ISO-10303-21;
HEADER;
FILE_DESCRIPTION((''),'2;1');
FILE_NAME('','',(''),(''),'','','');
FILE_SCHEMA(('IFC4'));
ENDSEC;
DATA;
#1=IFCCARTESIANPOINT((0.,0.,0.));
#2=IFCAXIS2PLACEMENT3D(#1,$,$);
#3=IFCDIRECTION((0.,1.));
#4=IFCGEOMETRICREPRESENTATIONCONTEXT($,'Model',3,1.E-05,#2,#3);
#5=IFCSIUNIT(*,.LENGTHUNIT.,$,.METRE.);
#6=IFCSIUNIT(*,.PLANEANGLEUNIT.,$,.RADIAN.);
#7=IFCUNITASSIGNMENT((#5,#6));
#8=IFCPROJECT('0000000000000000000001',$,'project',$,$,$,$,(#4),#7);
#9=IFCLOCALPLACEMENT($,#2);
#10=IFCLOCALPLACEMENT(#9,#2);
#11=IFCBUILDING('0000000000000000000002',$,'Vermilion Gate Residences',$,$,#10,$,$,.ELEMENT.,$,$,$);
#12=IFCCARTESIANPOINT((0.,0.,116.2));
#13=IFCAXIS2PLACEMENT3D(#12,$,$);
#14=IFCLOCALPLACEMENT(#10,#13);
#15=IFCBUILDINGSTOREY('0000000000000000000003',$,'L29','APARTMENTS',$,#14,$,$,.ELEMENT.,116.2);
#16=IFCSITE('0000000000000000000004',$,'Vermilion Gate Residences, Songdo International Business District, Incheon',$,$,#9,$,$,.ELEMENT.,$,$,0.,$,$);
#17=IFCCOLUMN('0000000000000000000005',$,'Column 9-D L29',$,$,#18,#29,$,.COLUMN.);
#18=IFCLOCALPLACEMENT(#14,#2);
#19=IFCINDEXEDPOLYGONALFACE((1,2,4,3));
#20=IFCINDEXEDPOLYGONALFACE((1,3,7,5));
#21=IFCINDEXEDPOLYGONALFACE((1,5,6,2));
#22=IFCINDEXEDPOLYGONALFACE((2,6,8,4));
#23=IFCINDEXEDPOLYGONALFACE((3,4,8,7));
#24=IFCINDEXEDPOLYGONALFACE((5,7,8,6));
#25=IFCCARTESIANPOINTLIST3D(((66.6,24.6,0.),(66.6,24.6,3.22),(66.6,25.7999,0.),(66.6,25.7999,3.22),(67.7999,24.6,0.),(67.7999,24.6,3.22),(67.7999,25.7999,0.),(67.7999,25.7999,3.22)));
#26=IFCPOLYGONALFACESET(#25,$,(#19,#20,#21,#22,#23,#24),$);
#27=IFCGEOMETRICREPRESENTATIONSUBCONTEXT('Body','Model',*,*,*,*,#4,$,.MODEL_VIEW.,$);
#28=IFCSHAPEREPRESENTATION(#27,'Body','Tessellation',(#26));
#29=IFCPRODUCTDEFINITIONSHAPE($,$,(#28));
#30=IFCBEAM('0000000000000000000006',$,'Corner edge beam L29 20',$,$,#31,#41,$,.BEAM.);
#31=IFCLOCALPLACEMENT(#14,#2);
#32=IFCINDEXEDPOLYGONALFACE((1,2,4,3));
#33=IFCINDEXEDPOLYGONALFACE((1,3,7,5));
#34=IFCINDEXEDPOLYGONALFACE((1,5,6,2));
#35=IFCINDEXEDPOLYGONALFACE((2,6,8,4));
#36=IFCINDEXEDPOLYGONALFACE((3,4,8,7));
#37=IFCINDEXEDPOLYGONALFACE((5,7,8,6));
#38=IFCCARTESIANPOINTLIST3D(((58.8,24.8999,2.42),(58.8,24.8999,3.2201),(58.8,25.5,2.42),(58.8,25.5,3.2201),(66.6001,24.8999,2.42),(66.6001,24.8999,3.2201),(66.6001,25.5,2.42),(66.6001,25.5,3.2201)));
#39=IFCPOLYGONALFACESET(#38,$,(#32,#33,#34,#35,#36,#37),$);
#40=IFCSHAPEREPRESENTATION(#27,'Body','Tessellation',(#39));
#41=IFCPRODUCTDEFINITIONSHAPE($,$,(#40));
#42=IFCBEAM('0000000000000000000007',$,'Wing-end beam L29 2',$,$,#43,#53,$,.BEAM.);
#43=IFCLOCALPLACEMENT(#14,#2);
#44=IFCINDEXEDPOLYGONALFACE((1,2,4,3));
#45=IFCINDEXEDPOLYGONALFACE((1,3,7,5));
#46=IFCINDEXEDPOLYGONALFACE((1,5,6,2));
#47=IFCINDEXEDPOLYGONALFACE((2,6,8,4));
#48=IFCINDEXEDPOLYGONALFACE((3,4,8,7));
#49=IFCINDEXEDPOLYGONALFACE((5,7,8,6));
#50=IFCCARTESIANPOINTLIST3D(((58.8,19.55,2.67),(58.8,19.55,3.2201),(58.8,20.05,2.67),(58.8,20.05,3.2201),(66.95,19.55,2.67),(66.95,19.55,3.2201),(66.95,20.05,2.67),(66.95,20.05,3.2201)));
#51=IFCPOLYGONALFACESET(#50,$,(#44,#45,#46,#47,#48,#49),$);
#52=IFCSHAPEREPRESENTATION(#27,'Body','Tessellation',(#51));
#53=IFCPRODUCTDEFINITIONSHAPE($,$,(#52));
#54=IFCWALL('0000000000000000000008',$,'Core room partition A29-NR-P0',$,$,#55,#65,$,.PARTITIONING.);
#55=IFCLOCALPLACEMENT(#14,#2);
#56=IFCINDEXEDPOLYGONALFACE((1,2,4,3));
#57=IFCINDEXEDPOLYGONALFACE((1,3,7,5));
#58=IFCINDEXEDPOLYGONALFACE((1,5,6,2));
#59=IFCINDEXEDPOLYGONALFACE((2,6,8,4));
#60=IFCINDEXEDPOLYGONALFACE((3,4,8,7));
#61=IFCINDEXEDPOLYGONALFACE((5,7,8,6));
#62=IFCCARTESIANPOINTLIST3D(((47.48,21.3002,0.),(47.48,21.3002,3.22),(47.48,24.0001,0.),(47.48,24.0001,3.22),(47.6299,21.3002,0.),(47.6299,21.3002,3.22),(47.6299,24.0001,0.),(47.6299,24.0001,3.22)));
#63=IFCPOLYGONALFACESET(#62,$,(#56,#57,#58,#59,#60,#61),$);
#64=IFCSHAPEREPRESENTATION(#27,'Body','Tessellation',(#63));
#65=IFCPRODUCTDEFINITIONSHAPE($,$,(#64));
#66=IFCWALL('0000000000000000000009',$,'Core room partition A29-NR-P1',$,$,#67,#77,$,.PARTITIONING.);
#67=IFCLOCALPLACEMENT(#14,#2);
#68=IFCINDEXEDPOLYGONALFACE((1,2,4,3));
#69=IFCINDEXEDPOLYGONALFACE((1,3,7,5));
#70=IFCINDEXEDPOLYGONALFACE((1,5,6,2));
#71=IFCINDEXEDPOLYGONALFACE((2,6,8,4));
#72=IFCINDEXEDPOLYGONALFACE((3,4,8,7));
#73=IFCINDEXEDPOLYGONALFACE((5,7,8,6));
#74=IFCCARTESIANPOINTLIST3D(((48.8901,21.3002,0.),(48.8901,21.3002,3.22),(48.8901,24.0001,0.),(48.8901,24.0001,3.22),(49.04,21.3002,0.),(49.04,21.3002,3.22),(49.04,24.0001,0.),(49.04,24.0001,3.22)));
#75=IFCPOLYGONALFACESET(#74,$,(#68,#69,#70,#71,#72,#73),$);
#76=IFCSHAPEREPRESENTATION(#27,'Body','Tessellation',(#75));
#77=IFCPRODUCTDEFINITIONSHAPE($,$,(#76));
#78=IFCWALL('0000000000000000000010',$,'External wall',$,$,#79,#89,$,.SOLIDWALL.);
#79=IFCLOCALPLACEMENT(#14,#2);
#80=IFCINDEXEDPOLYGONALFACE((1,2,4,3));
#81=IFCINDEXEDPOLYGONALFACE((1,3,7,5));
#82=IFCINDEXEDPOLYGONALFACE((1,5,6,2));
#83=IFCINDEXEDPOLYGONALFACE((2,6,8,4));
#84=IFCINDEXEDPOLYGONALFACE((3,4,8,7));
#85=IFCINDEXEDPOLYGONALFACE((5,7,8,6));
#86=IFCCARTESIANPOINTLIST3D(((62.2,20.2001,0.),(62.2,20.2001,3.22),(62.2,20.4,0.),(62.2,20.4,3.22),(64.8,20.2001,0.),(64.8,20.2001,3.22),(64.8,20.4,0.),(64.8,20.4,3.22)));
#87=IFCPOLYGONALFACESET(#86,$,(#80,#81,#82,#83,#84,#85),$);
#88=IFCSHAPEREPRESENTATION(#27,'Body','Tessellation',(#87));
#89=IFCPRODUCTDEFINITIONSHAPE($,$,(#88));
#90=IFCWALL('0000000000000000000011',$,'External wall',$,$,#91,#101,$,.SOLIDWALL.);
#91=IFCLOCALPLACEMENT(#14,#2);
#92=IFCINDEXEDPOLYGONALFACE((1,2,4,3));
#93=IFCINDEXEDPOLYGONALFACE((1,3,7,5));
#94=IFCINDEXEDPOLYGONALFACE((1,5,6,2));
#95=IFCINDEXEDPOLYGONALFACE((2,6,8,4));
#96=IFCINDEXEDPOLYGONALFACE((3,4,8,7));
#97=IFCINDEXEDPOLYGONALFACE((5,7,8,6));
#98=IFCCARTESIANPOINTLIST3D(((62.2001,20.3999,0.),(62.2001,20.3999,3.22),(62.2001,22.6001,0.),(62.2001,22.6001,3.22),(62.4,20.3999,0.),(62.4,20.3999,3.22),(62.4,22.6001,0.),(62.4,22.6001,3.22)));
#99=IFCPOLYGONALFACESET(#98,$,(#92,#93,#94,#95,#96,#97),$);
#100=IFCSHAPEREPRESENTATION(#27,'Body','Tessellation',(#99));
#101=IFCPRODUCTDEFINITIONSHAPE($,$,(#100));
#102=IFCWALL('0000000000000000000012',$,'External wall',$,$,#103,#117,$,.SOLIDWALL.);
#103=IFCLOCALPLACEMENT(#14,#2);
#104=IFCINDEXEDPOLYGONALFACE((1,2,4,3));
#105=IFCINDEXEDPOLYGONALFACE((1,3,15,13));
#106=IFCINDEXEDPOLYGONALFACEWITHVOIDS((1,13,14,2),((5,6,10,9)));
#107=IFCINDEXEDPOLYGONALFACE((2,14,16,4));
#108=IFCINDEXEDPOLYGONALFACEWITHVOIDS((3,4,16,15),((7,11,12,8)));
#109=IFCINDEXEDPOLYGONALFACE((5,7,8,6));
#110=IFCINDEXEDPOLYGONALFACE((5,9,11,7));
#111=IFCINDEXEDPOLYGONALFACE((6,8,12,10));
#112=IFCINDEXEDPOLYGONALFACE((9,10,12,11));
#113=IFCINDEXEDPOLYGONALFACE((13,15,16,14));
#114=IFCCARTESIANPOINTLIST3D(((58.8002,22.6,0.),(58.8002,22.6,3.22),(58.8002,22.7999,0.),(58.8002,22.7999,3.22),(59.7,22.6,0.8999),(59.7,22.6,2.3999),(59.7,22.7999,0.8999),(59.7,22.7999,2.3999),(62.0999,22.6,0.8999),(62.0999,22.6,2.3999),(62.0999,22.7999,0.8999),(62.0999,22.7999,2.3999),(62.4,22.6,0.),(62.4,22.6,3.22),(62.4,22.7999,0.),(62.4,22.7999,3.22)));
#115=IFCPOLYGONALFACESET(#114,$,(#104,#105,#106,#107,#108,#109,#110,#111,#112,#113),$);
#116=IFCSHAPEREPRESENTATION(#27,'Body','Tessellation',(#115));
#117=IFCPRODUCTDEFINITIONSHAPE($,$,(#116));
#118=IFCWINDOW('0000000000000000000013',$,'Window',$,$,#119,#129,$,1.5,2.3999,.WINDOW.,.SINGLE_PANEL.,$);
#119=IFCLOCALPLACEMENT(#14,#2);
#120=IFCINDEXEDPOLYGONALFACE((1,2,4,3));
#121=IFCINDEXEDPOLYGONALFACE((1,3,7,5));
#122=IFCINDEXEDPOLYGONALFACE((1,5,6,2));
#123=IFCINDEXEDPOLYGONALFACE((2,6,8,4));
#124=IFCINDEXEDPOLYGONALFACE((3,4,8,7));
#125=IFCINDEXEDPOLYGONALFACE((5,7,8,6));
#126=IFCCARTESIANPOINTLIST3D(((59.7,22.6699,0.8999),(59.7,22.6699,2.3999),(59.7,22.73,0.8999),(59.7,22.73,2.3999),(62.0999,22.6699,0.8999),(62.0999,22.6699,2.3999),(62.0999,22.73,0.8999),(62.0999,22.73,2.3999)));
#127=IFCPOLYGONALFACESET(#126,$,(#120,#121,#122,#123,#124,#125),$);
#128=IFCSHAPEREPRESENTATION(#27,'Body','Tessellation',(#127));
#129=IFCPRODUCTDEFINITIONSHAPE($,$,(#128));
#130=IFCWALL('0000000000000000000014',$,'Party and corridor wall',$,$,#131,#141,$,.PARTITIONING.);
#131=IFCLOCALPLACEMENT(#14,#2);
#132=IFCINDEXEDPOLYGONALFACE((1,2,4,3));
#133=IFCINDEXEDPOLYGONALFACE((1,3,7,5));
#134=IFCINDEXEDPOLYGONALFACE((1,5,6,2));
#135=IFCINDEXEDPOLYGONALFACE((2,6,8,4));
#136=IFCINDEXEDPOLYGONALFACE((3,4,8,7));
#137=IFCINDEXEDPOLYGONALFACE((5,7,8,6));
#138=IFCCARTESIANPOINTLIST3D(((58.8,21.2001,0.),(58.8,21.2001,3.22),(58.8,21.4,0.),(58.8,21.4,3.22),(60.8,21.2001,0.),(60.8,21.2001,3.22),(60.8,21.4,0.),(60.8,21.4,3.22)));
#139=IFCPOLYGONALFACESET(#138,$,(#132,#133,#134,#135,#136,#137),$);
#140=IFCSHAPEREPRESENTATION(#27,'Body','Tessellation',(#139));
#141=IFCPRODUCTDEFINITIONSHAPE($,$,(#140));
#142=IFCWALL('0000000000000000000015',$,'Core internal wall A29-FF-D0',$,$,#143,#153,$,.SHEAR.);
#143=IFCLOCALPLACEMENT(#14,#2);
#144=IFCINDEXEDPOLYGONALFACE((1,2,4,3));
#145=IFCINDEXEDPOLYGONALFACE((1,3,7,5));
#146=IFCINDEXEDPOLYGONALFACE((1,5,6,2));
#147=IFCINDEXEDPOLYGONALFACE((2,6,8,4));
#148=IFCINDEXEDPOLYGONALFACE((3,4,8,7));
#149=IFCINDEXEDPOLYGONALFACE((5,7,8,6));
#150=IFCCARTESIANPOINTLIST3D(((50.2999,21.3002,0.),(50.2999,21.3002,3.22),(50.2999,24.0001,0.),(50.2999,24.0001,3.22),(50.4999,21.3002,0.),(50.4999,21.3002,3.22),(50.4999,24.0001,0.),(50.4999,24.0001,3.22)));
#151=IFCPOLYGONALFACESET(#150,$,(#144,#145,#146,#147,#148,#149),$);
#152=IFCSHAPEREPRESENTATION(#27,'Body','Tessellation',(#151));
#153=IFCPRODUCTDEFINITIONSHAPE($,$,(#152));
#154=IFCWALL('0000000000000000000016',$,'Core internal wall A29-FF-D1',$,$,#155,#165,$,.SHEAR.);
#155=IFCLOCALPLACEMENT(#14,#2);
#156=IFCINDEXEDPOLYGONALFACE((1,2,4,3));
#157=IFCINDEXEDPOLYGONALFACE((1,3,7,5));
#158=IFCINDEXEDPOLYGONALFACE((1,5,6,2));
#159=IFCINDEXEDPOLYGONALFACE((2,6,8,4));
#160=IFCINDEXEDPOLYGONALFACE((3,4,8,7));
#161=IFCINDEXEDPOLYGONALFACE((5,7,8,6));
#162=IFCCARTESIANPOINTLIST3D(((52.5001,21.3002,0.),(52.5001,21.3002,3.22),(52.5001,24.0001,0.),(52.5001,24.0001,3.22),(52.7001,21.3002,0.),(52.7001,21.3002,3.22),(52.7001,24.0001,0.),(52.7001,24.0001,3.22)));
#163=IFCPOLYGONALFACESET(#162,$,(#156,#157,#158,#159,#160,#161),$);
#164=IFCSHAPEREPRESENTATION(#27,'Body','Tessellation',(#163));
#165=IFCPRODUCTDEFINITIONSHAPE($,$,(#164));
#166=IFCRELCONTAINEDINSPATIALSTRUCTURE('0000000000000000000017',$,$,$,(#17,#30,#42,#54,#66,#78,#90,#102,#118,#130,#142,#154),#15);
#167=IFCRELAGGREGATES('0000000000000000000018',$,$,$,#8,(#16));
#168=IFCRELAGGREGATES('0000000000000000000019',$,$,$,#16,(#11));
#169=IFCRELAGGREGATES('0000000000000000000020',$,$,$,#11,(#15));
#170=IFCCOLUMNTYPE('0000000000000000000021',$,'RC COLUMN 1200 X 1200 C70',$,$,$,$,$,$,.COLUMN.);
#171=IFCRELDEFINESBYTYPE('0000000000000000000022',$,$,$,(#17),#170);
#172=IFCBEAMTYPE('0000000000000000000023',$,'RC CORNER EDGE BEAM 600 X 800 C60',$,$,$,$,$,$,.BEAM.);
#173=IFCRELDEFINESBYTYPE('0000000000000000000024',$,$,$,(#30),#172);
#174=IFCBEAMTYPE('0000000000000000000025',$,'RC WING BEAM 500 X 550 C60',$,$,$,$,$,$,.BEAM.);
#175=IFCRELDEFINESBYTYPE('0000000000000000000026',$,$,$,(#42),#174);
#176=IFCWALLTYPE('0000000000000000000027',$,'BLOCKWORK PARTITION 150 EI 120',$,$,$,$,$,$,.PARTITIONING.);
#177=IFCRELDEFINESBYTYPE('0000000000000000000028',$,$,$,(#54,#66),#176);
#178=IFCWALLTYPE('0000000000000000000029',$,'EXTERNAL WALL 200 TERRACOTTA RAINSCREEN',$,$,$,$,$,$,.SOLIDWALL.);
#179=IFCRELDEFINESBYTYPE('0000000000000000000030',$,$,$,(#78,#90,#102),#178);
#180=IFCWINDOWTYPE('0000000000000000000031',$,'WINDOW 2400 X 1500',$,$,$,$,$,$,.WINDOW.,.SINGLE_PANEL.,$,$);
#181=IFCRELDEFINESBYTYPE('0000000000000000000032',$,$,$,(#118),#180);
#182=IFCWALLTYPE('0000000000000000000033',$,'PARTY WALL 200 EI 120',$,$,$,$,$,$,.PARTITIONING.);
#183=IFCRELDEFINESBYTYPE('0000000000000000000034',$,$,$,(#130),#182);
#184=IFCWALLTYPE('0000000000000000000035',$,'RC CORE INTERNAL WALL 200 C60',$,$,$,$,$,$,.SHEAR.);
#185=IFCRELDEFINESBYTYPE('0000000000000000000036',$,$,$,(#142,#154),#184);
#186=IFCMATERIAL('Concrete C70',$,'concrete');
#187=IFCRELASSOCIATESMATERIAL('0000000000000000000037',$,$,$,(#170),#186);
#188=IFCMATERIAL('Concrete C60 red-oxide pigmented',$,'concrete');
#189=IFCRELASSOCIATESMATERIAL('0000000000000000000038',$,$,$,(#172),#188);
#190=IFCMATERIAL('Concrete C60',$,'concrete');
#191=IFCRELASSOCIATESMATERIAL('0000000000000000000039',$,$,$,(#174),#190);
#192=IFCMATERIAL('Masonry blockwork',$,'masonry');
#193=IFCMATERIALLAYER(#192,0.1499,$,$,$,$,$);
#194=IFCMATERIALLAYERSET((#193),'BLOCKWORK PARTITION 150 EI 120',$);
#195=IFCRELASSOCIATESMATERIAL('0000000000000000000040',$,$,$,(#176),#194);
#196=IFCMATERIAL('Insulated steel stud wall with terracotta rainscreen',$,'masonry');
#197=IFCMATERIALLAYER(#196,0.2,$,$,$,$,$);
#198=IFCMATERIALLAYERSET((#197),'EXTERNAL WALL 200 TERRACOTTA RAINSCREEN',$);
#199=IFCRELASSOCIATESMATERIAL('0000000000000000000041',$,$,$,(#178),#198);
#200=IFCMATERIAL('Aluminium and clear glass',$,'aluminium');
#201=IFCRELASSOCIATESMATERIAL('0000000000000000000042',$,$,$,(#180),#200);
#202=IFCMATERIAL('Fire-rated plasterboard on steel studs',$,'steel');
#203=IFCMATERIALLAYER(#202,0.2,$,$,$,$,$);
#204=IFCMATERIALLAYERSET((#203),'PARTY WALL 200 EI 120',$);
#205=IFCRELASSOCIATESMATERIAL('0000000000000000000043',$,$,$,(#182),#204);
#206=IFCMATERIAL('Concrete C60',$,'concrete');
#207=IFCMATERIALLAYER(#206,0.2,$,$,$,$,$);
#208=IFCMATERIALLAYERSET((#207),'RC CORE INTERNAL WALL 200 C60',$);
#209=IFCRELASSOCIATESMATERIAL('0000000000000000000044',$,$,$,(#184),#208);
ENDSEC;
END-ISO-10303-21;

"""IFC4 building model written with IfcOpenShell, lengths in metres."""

from ifc_helpers import new_model, si_unit, direction, frame, frame_2d, origin, origin_2d, place, context, subcontext, project, spatial, rectangle, extrude, material, layer, layer_set, material_profile, profile_set, type_object, element, fill, save


model = new_model("IFC4")

# Units and contexts
model_context = context("Model", 3, precision=1e-05, world=origin(), true_north=direction((0.0, 1.0)))
body_context = subcontext(model_context, "Body", "Model", "MODEL_VIEW")
ifc_project = project(units=[si_unit("LENGTHUNIT", "METRE"), si_unit("PLANEANGLEUNIT", "RADIAN")], contexts=[model_context])

# Site, building, storey
site_placement = place(None, origin())
site = spatial("IfcSite", under=ifc_project, at=site_placement, Name="Vermilion Gate Residences, Songdo International Business District, Incheon", CompositionType="ELEMENT", RefElevation=0.0)
building_placement = place(site_placement, origin())
building = spatial("IfcBuilding", under=site, at=building_placement, Name="Vermilion Gate Residences", CompositionType="ELEMENT")
storey_placement = place(building_placement, frame((0.0, 0.0, 116.2)))
storey = spatial("IfcBuildingStorey", under=building, at=storey_placement, Name="L29", Description="APARTMENTS", CompositionType="ELEMENT", Elevation=116.2)

# Column
ifc_material_1 = material(Name="Concrete C70", Category="concrete")
ifc_material_profile_1 = material_profile(ifc_material_1, rectangle(XDim=1.2, YDim=1.2, at=origin_2d()), Name="RC-1200x1200")
ifc_profile_set_1 = profile_set([ifc_material_profile_1], Name="Concrete C70")
column_type = type_object("IfcColumnType", Name="RC COLUMN 1200 X 1200 C70", PredefinedType="COLUMN", material=ifc_profile_set_1)
column_placement = place(storey_placement, frame((67.2, 25.2, 0.0), z_axis=(0.0, 0.0, 1.0), x_axis=(1.0, 0.0, 0.0)))
element("IfcColumn", 1, at=column_placement, inside=storey, type_object=column_type, Name="Column 9-D L29", PredefinedType="COLUMN", context=body_context, shape_type="SweptSolid", body=[
    extrude(rectangle(XDim=1.2, YDim=1.2, at=origin_2d()), origin(), (0.0, 0.0, 1.0), 3.22),
])

# Beams
ifc_material_2 = material(Name="Concrete C60 red-oxide pigmented", Category="concrete")
ifc_material_profile_2 = material_profile(ifc_material_2, rectangle(XDim=0.6001, YDim=0.8, at=origin_2d()), Name="RC-600x800")
ifc_profile_set_2 = profile_set([ifc_material_profile_2], Name="Concrete C60 red-oxide pigmented")
beam_type_1 = type_object("IfcBeamType", Name="RC CORNER EDGE BEAM 600 X 800 C60", PredefinedType="BEAM", material=ifc_profile_set_2)
beam_1_placement = place(storey_placement, frame((58.8, 25.2, 2.8201), z_axis=(1.0, 0.0, 0.0), x_axis=(0.0, 1.0, 0.0)))
element("IfcBeam", 2, at=beam_1_placement, inside=storey, type_object=beam_type_1, Name="Corner edge beam L29 20", PredefinedType="BEAM", context=body_context, shape_type="SweptSolid", body=[
    extrude(rectangle(XDim=0.6001, YDim=0.8, at=origin_2d()), origin(), (0.0, 0.0, 1.0), 7.8),
])
ifc_material_3 = material(Name="Concrete C60", Category="concrete")
ifc_material_profile_3 = material_profile(ifc_material_3, rectangle(XDim=0.5, YDim=0.55, at=origin_2d()), Name="RC-500x550")
ifc_profile_set_3 = profile_set([ifc_material_profile_3], Name="Concrete C60")
beam_type_2 = type_object("IfcBeamType", Name="RC WING BEAM 500 X 550 C60", PredefinedType="BEAM", material=ifc_profile_set_3)
beam_2_placement = place(storey_placement, frame((58.8, 19.8, 2.9451), z_axis=(1.0, 0.0, 0.0), x_axis=(0.0, 1.0, 0.0)))
element("IfcBeam", 3, at=beam_2_placement, inside=storey, type_object=beam_type_2, Name="Wing-end beam L29 2", PredefinedType="BEAM", context=body_context, shape_type="SweptSolid", body=[
    extrude(rectangle(XDim=0.5, YDim=0.55, at=origin_2d()), origin(), (0.0, 0.0, 1.0), 8.1499),
])

# Walls
ifc_material_4 = material(Name="Masonry blockwork", Category="masonry")
ifc_layer_1 = layer(ifc_material_4, 0.1499)
ifc_layer_set_1 = layer_set([ifc_layer_1], Name="BLOCKWORK PARTITION 150 EI 120")
wall_type_1 = type_object("IfcWallType", Name="BLOCKWORK PARTITION 150 EI 120", PredefinedType="PARTITIONING", material=ifc_layer_set_1)
for number, where, z_axis, x_axis, name in (
    (4, (47.5549, 21.3, 0.0), (0.0, 0.0, 1.0), (0.0, 1.0, 0.0), "Core room partition A29-NR-P0"),
    (5, (48.9651, 21.3, 0.0), (0.0, 0.0, 1.0), (0.0, 1.0, 0.0), "Core room partition A29-NR-P1"),
):
    element("IfcWall", number, at=place(storey_placement, frame(where, z_axis=z_axis, x_axis=x_axis)), inside=storey, type_object=wall_type_1, Name=name, PredefinedType="PARTITIONING", context=body_context, shape_type="SweptSolid", body=[
        extrude(rectangle(XDim=2.7, YDim=0.1499, at=frame_2d((1.3501, 0.0))), origin(), (0.0, 0.0, 1.0), 3.22),
    ])
ifc_material_5 = material(Name="Insulated steel stud wall with terracotta rainscreen", Category="masonry")
ifc_layer_2 = layer(ifc_material_5, 0.2)
ifc_layer_set_2 = layer_set([ifc_layer_2], Name="EXTERNAL WALL 200 TERRACOTTA RAINSCREEN")
wall_type_2 = type_object("IfcWallType", Name="EXTERNAL WALL 200 TERRACOTTA RAINSCREEN", PredefinedType="SOLIDWALL", material=ifc_layer_set_2)
wall_1_placement = place(storey_placement, frame((64.8, 20.3, 0.0), z_axis=(0.0, 0.0, 1.0), x_axis=(-1.0, 0.0, 0.0)))
element("IfcWall", 6, at=wall_1_placement, inside=storey, type_object=wall_type_2, Name="External wall", PredefinedType="SOLIDWALL", context=body_context, shape_type="SweptSolid", body=[
    extrude(rectangle(XDim=2.6001, YDim=0.2, at=frame_2d((1.3, 0.0))), origin(), (0.0, 0.0, 1.0), 3.22),
])
wall_2_placement = place(storey_placement, frame((62.3, 20.3999, 0.0), z_axis=(0.0, 0.0, 1.0), x_axis=(0.0, 1.0, 0.0)))
element("IfcWall", 7, at=wall_2_placement, inside=storey, type_object=wall_type_2, Name="External wall", PredefinedType="SOLIDWALL", context=body_context, shape_type="SweptSolid", body=[
    extrude(rectangle(XDim=2.2002, YDim=0.2, at=frame_2d((1.1001, 0.0))), origin(), (0.0, 0.0, 1.0), 3.22),
])

# Wall, opening, window
wall_3_placement = place(storey_placement, frame((62.3999, 22.7, 0.0), z_axis=(0.0, 0.0, 1.0), x_axis=(-1.0, 0.0, 0.0)))
wall_3 = element("IfcWall", 8, at=wall_3_placement, inside=storey, type_object=wall_type_2, Name="External wall", PredefinedType="SOLIDWALL", context=body_context, shape_type="SweptSolid", body=[
    extrude(rectangle(XDim=3.5999, YDim=0.2, at=frame_2d((1.7998, 0.0))), origin(), (0.0, 0.0, 1.0), 3.22),
])
opening_1_placement = place(wall_3_placement, frame((0.3, 0.0, 0.8999)))
opening_1 = element("IfcOpeningElement", 9, at=opening_1_placement, cuts=wall_3, PredefinedType="OPENING", context=body_context, shape_type="SweptSolid", body=[
    extrude(rectangle(XDim=2.3999, YDim=1.5, at=frame_2d((1.2, 0.75))), frame((0.0, 0.1099, 0.0), z_axis=(0.0, -1.0, 0.0), x_axis=(1.0, 0.0, 0.0)), (0.0, 0.0, 1.0), 0.22),
])
ifc_material_6 = material(Name="Aluminium and clear glass", Category="aluminium")
window_type = type_object("IfcWindowType", Name="WINDOW 2400 X 1500", PartitioningType="SINGLE_PANEL", PredefinedType="WINDOW", material=ifc_material_6)
window_placement = place(opening_1_placement, origin())
window = element("IfcWindow", 10, at=window_placement, inside=storey, type_object=window_type, Name="Window", OverallHeight=1.5, OverallWidth=2.3999, PartitioningType="SINGLE_PANEL", PredefinedType="WINDOW", context=body_context, shape_type="SweptSolid", body=[
    extrude(rectangle(XDim=2.3999, YDim=1.5, at=frame_2d((1.2, 0.75))), frame((0.0, 0.03, 0.0), z_axis=(0.0, -1.0, 0.0), x_axis=(1.0, 0.0, 0.0)), (0.0, 0.0, 1.0), 0.0601),
])
fill(opening_1, window)

# Walls
ifc_material_7 = material(Name="Fire-rated plasterboard on steel studs", Category="steel")
ifc_layer_3 = layer(ifc_material_7, 0.2)
ifc_layer_set_3 = layer_set([ifc_layer_3], Name="PARTY WALL 200 EI 120")
wall_type_3 = type_object("IfcWallType", Name="PARTY WALL 200 EI 120", PredefinedType="PARTITIONING", material=ifc_layer_set_3)
wall_4_placement = place(storey_placement, frame((58.8, 21.3, 0.0), z_axis=(0.0, 0.0, 1.0), x_axis=(1.0, 0.0, 0.0)))
element("IfcWall", 11, at=wall_4_placement, inside=storey, type_object=wall_type_3, Name="Party and corridor wall", PredefinedType="PARTITIONING", context=body_context, shape_type="SweptSolid", body=[
    extrude(rectangle(XDim=2.0, YDim=0.2, at=frame_2d((1.0, 0.0))), origin(), (0.0, 0.0, 1.0), 3.22),
])
ifc_material_8 = material(Name="Concrete C60", Category="concrete")
ifc_layer_4 = layer(ifc_material_8, 0.2)
ifc_layer_set_4 = layer_set([ifc_layer_4], Name="RC CORE INTERNAL WALL 200 C60")
wall_type_4 = type_object("IfcWallType", Name="RC CORE INTERNAL WALL 200 C60", PredefinedType="SHEAR", material=ifc_layer_set_4)
for number, where, z_axis, x_axis, name in (
    (12, (50.3999, 21.3, 0.0), (0.0, 0.0, 1.0), (0.0, 1.0, 0.0), "Core internal wall A29-FF-D0"),
    (13, (52.6001, 21.3, 0.0), (0.0, 0.0, 1.0), (0.0, 1.0, 0.0), "Core internal wall A29-FF-D1"),
):
    element("IfcWall", number, at=place(storey_placement, frame(where, z_axis=z_axis, x_axis=x_axis)), inside=storey, type_object=wall_type_4, Name=name, PredefinedType="SHEAR", context=body_context, shape_type="SweptSolid", body=[
        extrude(rectangle(XDim=2.7, YDim=0.2, at=frame_2d((1.3501, 0.0))), origin(), (0.0, 0.0, 1.0), 3.22),
    ])

save(model, "model.ifc")
